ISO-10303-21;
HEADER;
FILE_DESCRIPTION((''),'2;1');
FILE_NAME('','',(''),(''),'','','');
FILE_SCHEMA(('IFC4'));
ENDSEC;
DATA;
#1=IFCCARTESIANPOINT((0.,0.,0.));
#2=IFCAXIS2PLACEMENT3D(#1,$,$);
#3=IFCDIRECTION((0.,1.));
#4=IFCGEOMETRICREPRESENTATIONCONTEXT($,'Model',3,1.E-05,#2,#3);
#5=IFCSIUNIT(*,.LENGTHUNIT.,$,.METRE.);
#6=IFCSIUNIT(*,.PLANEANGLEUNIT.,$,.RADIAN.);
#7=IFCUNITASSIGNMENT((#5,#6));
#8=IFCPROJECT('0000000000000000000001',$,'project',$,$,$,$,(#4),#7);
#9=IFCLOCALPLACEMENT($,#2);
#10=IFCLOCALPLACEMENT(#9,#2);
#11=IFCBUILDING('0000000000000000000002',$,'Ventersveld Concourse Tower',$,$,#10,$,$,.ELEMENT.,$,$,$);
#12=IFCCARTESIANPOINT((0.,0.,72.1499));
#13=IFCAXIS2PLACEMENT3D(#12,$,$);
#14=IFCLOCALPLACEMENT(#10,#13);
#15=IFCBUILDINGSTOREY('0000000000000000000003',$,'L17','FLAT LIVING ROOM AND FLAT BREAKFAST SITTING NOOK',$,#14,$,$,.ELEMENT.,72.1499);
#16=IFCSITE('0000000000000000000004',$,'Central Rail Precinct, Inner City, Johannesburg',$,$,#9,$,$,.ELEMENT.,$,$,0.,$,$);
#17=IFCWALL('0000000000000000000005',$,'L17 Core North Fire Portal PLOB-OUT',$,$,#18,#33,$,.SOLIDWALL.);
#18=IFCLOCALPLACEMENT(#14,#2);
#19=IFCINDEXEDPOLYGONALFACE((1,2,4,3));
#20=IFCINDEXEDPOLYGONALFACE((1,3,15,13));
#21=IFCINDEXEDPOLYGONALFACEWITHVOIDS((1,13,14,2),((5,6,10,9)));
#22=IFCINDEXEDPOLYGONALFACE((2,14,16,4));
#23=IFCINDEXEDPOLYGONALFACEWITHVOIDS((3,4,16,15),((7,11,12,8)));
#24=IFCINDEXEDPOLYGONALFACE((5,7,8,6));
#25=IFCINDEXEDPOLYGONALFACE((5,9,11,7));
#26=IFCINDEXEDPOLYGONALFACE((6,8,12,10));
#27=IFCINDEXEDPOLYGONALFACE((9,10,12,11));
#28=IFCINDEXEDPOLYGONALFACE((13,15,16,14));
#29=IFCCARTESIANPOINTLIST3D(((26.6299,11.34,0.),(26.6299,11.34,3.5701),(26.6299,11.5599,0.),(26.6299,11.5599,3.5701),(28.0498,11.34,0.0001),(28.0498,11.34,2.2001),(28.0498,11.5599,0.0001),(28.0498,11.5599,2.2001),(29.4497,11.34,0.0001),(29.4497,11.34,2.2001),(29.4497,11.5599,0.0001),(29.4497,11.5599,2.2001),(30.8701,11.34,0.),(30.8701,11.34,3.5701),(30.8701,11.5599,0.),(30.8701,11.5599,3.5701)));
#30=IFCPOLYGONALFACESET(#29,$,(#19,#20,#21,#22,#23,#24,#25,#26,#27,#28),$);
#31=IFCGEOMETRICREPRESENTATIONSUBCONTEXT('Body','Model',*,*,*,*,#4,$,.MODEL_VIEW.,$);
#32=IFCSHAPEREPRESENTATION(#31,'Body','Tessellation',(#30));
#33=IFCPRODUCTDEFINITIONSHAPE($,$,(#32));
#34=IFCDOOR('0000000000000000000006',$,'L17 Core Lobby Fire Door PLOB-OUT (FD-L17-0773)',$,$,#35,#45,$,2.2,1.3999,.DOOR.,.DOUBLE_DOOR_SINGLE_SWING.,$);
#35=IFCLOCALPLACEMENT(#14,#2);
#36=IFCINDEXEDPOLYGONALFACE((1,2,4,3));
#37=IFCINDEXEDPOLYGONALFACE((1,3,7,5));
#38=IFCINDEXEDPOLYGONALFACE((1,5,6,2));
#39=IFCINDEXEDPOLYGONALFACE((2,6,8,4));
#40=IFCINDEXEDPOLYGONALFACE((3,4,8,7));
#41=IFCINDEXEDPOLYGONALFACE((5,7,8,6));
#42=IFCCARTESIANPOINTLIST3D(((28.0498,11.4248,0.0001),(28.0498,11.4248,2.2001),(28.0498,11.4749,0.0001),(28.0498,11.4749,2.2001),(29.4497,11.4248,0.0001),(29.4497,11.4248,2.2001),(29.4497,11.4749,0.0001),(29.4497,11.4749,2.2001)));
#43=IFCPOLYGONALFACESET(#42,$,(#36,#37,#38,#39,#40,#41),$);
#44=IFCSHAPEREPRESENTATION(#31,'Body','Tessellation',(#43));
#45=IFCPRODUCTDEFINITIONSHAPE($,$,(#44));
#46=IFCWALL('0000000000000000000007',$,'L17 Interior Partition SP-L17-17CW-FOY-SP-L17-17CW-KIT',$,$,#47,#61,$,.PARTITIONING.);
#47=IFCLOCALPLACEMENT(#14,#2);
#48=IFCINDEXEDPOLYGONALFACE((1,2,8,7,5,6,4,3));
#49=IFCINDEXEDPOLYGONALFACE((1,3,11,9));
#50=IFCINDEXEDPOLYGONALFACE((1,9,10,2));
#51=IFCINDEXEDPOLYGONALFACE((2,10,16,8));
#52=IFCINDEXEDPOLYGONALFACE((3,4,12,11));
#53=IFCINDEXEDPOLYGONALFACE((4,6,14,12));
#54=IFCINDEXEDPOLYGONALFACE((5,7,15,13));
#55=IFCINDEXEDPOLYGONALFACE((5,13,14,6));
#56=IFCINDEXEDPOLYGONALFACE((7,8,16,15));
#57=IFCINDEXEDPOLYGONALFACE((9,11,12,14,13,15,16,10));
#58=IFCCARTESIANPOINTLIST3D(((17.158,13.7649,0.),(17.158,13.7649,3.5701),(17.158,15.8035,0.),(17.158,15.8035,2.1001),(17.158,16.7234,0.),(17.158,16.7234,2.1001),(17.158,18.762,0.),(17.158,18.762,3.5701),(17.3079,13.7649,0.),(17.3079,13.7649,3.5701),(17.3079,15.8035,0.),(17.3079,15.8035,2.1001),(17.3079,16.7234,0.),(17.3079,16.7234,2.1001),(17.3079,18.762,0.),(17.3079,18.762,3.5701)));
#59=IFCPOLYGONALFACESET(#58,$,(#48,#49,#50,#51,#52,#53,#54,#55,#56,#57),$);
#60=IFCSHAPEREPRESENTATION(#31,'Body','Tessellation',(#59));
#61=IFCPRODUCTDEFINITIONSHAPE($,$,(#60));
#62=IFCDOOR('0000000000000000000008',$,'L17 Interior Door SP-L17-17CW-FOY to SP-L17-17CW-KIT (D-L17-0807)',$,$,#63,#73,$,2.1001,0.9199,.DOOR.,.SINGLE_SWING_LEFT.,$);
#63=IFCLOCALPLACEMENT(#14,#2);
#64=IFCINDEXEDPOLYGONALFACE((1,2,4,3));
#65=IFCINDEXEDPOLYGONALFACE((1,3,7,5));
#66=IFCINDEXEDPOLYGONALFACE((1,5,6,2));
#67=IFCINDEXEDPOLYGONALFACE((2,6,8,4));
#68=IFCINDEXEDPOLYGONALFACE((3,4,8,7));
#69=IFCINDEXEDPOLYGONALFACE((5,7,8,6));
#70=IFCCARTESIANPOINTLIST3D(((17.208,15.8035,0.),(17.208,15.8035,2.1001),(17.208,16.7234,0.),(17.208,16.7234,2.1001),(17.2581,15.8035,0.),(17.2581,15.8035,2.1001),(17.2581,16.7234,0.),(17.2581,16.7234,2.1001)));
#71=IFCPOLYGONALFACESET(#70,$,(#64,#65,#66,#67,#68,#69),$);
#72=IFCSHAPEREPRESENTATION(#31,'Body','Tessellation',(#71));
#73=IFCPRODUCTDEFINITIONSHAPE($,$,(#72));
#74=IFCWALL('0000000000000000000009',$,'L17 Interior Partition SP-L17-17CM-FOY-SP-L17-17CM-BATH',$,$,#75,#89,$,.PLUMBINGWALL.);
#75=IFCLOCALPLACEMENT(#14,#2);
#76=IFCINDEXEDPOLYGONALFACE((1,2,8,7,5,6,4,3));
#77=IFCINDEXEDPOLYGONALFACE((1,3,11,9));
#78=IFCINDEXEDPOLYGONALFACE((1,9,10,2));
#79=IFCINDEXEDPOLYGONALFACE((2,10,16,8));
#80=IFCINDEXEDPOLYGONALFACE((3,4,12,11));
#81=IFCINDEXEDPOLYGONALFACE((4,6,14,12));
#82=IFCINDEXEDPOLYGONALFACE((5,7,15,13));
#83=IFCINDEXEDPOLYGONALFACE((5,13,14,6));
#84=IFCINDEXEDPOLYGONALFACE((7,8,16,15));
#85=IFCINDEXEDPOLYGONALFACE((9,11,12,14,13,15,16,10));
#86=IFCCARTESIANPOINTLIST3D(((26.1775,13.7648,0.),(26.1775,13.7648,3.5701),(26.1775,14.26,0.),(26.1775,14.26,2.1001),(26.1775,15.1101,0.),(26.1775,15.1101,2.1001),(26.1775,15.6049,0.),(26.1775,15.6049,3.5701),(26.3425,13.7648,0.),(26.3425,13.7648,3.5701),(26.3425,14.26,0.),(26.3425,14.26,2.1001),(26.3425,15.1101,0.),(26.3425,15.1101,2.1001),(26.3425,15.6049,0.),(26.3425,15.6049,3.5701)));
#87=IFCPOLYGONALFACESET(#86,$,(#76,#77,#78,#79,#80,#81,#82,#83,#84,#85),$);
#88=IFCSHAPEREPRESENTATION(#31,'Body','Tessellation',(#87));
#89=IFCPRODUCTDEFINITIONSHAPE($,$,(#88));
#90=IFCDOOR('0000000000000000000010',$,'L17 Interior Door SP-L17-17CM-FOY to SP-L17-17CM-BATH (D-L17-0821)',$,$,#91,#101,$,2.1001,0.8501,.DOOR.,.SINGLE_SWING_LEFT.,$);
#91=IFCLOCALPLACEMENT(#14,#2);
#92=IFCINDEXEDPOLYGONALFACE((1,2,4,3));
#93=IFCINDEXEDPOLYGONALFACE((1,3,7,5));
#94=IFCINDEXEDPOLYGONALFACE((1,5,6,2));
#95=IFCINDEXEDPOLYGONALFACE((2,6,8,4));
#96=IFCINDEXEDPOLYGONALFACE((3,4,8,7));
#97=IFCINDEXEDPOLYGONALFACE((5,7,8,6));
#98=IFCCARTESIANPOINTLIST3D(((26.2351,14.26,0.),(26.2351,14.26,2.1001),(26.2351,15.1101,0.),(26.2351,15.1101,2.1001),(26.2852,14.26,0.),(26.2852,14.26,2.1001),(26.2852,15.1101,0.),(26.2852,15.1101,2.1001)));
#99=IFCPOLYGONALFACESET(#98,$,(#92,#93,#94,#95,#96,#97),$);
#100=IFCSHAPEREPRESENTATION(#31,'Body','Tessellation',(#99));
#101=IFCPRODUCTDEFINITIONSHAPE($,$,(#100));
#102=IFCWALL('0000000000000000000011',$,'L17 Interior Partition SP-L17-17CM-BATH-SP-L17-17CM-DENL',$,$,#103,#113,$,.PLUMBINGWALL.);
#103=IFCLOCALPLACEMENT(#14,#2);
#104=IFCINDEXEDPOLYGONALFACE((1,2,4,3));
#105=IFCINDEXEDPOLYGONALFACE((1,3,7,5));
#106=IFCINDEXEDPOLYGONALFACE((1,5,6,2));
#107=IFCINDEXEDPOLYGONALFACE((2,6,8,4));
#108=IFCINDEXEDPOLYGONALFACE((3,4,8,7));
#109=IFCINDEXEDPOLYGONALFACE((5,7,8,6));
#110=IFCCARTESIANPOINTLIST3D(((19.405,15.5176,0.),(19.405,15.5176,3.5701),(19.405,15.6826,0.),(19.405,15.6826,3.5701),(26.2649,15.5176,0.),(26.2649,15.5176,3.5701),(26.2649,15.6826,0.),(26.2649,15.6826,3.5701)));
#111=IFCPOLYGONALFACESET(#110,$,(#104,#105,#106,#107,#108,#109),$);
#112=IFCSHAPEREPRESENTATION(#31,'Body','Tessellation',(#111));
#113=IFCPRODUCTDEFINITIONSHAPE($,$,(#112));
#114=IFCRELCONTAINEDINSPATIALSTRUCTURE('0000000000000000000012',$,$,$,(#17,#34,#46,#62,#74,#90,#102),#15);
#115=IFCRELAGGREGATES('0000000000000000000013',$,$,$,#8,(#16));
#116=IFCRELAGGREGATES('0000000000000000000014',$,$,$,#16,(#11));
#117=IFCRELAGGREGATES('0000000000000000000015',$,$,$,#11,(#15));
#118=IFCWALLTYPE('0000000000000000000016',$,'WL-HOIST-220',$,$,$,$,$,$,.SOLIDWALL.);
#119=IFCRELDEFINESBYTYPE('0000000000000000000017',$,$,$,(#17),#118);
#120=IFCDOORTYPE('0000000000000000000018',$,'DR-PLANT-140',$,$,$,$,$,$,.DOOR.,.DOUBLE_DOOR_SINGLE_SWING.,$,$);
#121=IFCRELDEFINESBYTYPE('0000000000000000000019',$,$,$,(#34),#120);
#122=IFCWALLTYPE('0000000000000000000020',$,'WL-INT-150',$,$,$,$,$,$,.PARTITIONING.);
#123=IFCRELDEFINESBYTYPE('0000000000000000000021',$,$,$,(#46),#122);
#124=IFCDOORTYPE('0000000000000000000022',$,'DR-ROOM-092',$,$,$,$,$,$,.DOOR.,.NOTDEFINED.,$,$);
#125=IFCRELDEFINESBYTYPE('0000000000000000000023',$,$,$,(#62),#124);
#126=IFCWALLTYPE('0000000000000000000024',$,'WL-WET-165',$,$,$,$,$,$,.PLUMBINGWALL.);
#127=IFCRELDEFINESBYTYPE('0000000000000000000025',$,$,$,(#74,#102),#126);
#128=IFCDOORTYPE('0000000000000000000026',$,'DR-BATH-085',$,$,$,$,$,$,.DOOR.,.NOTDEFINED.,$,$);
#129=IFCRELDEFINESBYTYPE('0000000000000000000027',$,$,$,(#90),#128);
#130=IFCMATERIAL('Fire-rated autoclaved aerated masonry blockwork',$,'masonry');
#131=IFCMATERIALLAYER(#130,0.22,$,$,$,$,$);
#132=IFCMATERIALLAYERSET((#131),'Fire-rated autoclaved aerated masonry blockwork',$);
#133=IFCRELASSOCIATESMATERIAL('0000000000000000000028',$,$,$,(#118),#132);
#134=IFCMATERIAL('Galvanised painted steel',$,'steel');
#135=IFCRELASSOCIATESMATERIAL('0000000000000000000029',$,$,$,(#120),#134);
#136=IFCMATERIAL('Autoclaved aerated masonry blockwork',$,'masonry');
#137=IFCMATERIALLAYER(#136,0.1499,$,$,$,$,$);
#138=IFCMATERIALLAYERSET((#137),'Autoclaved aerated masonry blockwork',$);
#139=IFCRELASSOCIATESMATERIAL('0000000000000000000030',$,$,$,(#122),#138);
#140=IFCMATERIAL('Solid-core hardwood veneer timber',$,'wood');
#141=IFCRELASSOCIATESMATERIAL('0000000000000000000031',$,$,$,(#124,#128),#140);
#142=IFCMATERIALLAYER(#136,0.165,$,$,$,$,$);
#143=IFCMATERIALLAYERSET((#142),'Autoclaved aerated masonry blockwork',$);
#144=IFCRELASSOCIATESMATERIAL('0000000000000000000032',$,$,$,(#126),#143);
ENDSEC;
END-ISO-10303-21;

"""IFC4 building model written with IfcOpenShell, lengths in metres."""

from ifc_helpers import new_model, si_unit, direction, frame, frame_2d, origin, place, context, subcontext, project, spatial, rectangle, extrude, material, layer, layer_set, type_object, element, fill, save


model = new_model("IFC4")

# Units and contexts
model_context = context("Model", 3, precision=1e-05, world=origin(), true_north=direction((0.0, 1.0)))
body_context = subcontext(model_context, "Body", "Model", "MODEL_VIEW")
ifc_project = project(units=[si_unit("LENGTHUNIT", "METRE"), si_unit("PLANEANGLEUNIT", "RADIAN")], contexts=[model_context])

# Site, building, storey
site_placement = place(None, origin())
site = spatial("IfcSite", under=ifc_project, at=site_placement, Name="Central Rail Precinct, Inner City, Johannesburg", CompositionType="ELEMENT", RefElevation=0.0)
building_placement = place(site_placement, origin())
building = spatial("IfcBuilding", under=site, at=building_placement, Name="Ventersveld Concourse Tower", CompositionType="ELEMENT")
storey_placement = place(building_placement, frame((0.0, 0.0, 72.1499)))
storey = spatial("IfcBuildingStorey", under=building, at=storey_placement, Name="L17", Description="FLAT LIVING ROOM AND FLAT BREAKFAST SITTING NOOK", CompositionType="ELEMENT", Elevation=72.1499)

# Shared definitions
ifc_material_1 = material(Name="Fire-rated autoclaved aerated masonry blockwork", Category="masonry")

# Shared definitions
ifc_material_2 = material(Name="Solid-core hardwood veneer timber", Category="wood")

# Shared definitions
ifc_layer_1 = layer(ifc_material_1, 0.22)
ifc_layer_set_1 = layer_set([ifc_layer_1], Name="Fire-rated autoclaved aerated masonry blockwork")
wall_type_1 = type_object("IfcWallType", Name="WL-HOIST-220", PredefinedType="SOLIDWALL", material=ifc_layer_set_1)

# Walls, openings, doors
ifc_material_3 = material(Name="Galvanised painted steel", Category="steel")
wall_1_placement = place(storey_placement, frame((26.6299, 11.45, 0.0), z_axis=(0.0, 0.0, 1.0), x_axis=(1.0, 0.0, 0.0)))
wall_1 = element("IfcWall", 1, at=wall_1_placement, inside=storey, type_object=wall_type_1, Name="L17 Core North Fire Portal PLOB-OUT", PredefinedType="SOLIDWALL", context=body_context, shape_type="SweptSolid", body=[
    extrude(rectangle(XDim=4.2402, YDim=0.22, at=frame_2d((2.1201, 0.0))), origin(), (0.0, 0.0, 1.0), 3.5701),
])
opening_1_placement = place(wall_1_placement, frame((1.4199, 0.0, 0.0)))
opening_1 = element("IfcOpeningElement", 2, at=opening_1_placement, cuts=wall_1, PredefinedType="OPENING", context=body_context, shape_type="SweptSolid", body=[
    extrude(rectangle(XDim=1.3999, YDim=2.2, at=frame_2d((0.7, 1.1001))), frame((0.0, 0.1201, 0.0), z_axis=(0.0, -1.0, 0.0), x_axis=(1.0, 0.0, 0.0)), (0.0, 0.0, 1.0), 0.24),
])
door_type_1 = type_object("IfcDoorType", Name="DR-PLANT-140", OperationType="DOUBLE_DOOR_SINGLE_SWING", PredefinedType="DOOR", material=ifc_material_3)
door_1_placement = place(opening_1_placement, origin())
door_1 = element("IfcDoor", 3, at=door_1_placement, inside=storey, type_object=door_type_1, Name="L17 Core Lobby Fire Door PLOB-OUT (FD-L17-0773)", OperationType="DOUBLE_DOOR_SINGLE_SWING", OverallHeight=2.2, OverallWidth=1.3999, PredefinedType="DOOR", context=body_context, shape_type="SweptSolid", body=[
    extrude(rectangle(XDim=1.3999, YDim=2.2, at=frame_2d((0.7, 1.1001))), frame((0.0, 0.0249, 0.0), z_axis=(0.0, -1.0, 0.0), x_axis=(1.0, 0.0, 0.0)), (0.0, 0.0, 1.0), 0.05),
])
fill(opening_1, door_1)
ifc_material_4 = material(Name="Autoclaved aerated masonry blockwork", Category="masonry")
ifc_layer_2 = layer(ifc_material_4, 0.1499)
ifc_layer_set_2 = layer_set([ifc_layer_2], Name="Autoclaved aerated masonry blockwork")
wall_type_2 = type_object("IfcWallType", Name="WL-INT-150", PredefinedType="PARTITIONING", material=ifc_layer_set_2)
wall_2_placement = place(storey_placement, frame((17.2329, 13.7649, 0.0), z_axis=(0.0, 0.0, 1.0), x_axis=(0.0, 1.0, 0.0)))
wall_2 = element("IfcWall", 4, at=wall_2_placement, inside=storey, type_object=wall_type_2, Name="L17 Interior Partition SP-L17-17CW-FOY-SP-L17-17CW-KIT", PredefinedType="PARTITIONING", context=body_context, shape_type="SweptSolid", body=[
    extrude(rectangle(XDim=4.9971, YDim=0.1499, at=frame_2d((2.4985, 0.0))), origin(), (0.0, 0.0, 1.0), 3.5701),
])
opening_2_placement = place(wall_2_placement, frame((2.0386, 0.0, 0.0)))
opening_2 = element("IfcOpeningElement", 5, at=opening_2_placement, cuts=wall_2, PredefinedType="OPENING", context=body_context, shape_type="SweptSolid", body=[
    extrude(rectangle(XDim=0.9199, YDim=2.1001, at=frame_2d((0.46, 1.05))), frame((0.0, 0.085, 0.0), z_axis=(0.0, -1.0, 0.0), x_axis=(1.0, 0.0, 0.0)), (0.0, 0.0, 1.0), 0.1699),
])
door_type_2 = type_object("IfcDoorType", Name="DR-ROOM-092", OperationType="NOTDEFINED", PredefinedType="DOOR", material=ifc_material_2)
door_2_placement = place(opening_2_placement, origin())
door_2 = element("IfcDoor", 6, at=door_2_placement, inside=storey, type_object=door_type_2, Name="L17 Interior Door SP-L17-17CW-FOY to SP-L17-17CW-KIT (D-L17-0807)", OperationType="SINGLE_SWING_LEFT", OverallHeight=2.1001, OverallWidth=0.9199, PredefinedType="DOOR", context=body_context, shape_type="SweptSolid", body=[
    extrude(rectangle(XDim=0.9199, YDim=2.1001, at=frame_2d((0.46, 1.05))), frame((0.0, 0.0249, 0.0), z_axis=(0.0, -1.0, 0.0), x_axis=(1.0, 0.0, 0.0)), (0.0, 0.0, 1.0), 0.05),
])
fill(opening_2, door_2)
ifc_layer_3 = layer(ifc_material_4, 0.165)
ifc_layer_set_3 = layer_set([ifc_layer_3], Name="Autoclaved aerated masonry blockwork")
wall_type_3 = type_object("IfcWallType", Name="WL-WET-165", PredefinedType="PLUMBINGWALL", material=ifc_layer_set_3)
wall_3_placement = place(storey_placement, frame((26.26, 13.7649, 0.0), z_axis=(0.0, 0.0, 1.0), x_axis=(0.0, 1.0, 0.0)))
wall_3 = element("IfcWall", 7, at=wall_3_placement, inside=storey, type_object=wall_type_3, Name="L17 Interior Partition SP-L17-17CM-FOY-SP-L17-17CM-BATH", PredefinedType="PLUMBINGWALL", context=body_context, shape_type="SweptSolid", body=[
    extrude(rectangle(XDim=1.8401, YDim=0.165, at=frame_2d((0.9199, 0.0))), origin(), (0.0, 0.0, 1.0), 3.5701),
])
opening_3_placement = place(wall_3_placement, frame((0.4951, 0.0, 0.0)))
opening_3 = element("IfcOpeningElement", 8, at=opening_3_placement, cuts=wall_3, PredefinedType="OPENING", context=body_context, shape_type="SweptSolid", body=[
    extrude(rectangle(XDim=0.8501, YDim=2.1001, at=frame_2d((0.425, 1.05))), frame((0.0, 0.0925, 0.0), z_axis=(0.0, -1.0, 0.0), x_axis=(1.0, 0.0, 0.0)), (0.0, 0.0, 1.0), 0.1851),
])
door_type_3 = type_object("IfcDoorType", Name="DR-BATH-085", OperationType="NOTDEFINED", PredefinedType="DOOR", material=ifc_material_2)
door_3_placement = place(opening_3_placement, origin())
door_3 = element("IfcDoor", 9, at=door_3_placement, inside=storey, type_object=door_type_3, Name="L17 Interior Door SP-L17-17CM-FOY to SP-L17-17CM-BATH (D-L17-0821)", OperationType="SINGLE_SWING_LEFT", OverallHeight=2.1001, OverallWidth=0.8501, PredefinedType="DOOR", context=body_context, shape_type="SweptSolid", body=[
    extrude(rectangle(XDim=0.8501, YDim=2.1001, at=frame_2d((0.425, 1.05))), frame((0.0, 0.0249, 0.0), z_axis=(0.0, -1.0, 0.0), x_axis=(1.0, 0.0, 0.0)), (0.0, 0.0, 1.0), 0.05),
])
fill(opening_3, door_3)

# Wall
wall_4_placement = place(storey_placement, frame((19.405, 15.6001, 0.0), z_axis=(0.0, 0.0, 1.0), x_axis=(1.0, 0.0, 0.0)))
element("IfcWall", 10, at=wall_4_placement, inside=storey, type_object=wall_type_3, Name="L17 Interior Partition SP-L17-17CM-BATH-SP-L17-17CM-DENL", PredefinedType="PLUMBINGWALL", context=body_context, shape_type="SweptSolid", body=[
    extrude(rectangle(XDim=6.8599, YDim=0.165, at=frame_2d((3.4299, 0.0))), origin(), (0.0, 0.0, 1.0), 3.5701),
])

save(model, "model.ifc")
